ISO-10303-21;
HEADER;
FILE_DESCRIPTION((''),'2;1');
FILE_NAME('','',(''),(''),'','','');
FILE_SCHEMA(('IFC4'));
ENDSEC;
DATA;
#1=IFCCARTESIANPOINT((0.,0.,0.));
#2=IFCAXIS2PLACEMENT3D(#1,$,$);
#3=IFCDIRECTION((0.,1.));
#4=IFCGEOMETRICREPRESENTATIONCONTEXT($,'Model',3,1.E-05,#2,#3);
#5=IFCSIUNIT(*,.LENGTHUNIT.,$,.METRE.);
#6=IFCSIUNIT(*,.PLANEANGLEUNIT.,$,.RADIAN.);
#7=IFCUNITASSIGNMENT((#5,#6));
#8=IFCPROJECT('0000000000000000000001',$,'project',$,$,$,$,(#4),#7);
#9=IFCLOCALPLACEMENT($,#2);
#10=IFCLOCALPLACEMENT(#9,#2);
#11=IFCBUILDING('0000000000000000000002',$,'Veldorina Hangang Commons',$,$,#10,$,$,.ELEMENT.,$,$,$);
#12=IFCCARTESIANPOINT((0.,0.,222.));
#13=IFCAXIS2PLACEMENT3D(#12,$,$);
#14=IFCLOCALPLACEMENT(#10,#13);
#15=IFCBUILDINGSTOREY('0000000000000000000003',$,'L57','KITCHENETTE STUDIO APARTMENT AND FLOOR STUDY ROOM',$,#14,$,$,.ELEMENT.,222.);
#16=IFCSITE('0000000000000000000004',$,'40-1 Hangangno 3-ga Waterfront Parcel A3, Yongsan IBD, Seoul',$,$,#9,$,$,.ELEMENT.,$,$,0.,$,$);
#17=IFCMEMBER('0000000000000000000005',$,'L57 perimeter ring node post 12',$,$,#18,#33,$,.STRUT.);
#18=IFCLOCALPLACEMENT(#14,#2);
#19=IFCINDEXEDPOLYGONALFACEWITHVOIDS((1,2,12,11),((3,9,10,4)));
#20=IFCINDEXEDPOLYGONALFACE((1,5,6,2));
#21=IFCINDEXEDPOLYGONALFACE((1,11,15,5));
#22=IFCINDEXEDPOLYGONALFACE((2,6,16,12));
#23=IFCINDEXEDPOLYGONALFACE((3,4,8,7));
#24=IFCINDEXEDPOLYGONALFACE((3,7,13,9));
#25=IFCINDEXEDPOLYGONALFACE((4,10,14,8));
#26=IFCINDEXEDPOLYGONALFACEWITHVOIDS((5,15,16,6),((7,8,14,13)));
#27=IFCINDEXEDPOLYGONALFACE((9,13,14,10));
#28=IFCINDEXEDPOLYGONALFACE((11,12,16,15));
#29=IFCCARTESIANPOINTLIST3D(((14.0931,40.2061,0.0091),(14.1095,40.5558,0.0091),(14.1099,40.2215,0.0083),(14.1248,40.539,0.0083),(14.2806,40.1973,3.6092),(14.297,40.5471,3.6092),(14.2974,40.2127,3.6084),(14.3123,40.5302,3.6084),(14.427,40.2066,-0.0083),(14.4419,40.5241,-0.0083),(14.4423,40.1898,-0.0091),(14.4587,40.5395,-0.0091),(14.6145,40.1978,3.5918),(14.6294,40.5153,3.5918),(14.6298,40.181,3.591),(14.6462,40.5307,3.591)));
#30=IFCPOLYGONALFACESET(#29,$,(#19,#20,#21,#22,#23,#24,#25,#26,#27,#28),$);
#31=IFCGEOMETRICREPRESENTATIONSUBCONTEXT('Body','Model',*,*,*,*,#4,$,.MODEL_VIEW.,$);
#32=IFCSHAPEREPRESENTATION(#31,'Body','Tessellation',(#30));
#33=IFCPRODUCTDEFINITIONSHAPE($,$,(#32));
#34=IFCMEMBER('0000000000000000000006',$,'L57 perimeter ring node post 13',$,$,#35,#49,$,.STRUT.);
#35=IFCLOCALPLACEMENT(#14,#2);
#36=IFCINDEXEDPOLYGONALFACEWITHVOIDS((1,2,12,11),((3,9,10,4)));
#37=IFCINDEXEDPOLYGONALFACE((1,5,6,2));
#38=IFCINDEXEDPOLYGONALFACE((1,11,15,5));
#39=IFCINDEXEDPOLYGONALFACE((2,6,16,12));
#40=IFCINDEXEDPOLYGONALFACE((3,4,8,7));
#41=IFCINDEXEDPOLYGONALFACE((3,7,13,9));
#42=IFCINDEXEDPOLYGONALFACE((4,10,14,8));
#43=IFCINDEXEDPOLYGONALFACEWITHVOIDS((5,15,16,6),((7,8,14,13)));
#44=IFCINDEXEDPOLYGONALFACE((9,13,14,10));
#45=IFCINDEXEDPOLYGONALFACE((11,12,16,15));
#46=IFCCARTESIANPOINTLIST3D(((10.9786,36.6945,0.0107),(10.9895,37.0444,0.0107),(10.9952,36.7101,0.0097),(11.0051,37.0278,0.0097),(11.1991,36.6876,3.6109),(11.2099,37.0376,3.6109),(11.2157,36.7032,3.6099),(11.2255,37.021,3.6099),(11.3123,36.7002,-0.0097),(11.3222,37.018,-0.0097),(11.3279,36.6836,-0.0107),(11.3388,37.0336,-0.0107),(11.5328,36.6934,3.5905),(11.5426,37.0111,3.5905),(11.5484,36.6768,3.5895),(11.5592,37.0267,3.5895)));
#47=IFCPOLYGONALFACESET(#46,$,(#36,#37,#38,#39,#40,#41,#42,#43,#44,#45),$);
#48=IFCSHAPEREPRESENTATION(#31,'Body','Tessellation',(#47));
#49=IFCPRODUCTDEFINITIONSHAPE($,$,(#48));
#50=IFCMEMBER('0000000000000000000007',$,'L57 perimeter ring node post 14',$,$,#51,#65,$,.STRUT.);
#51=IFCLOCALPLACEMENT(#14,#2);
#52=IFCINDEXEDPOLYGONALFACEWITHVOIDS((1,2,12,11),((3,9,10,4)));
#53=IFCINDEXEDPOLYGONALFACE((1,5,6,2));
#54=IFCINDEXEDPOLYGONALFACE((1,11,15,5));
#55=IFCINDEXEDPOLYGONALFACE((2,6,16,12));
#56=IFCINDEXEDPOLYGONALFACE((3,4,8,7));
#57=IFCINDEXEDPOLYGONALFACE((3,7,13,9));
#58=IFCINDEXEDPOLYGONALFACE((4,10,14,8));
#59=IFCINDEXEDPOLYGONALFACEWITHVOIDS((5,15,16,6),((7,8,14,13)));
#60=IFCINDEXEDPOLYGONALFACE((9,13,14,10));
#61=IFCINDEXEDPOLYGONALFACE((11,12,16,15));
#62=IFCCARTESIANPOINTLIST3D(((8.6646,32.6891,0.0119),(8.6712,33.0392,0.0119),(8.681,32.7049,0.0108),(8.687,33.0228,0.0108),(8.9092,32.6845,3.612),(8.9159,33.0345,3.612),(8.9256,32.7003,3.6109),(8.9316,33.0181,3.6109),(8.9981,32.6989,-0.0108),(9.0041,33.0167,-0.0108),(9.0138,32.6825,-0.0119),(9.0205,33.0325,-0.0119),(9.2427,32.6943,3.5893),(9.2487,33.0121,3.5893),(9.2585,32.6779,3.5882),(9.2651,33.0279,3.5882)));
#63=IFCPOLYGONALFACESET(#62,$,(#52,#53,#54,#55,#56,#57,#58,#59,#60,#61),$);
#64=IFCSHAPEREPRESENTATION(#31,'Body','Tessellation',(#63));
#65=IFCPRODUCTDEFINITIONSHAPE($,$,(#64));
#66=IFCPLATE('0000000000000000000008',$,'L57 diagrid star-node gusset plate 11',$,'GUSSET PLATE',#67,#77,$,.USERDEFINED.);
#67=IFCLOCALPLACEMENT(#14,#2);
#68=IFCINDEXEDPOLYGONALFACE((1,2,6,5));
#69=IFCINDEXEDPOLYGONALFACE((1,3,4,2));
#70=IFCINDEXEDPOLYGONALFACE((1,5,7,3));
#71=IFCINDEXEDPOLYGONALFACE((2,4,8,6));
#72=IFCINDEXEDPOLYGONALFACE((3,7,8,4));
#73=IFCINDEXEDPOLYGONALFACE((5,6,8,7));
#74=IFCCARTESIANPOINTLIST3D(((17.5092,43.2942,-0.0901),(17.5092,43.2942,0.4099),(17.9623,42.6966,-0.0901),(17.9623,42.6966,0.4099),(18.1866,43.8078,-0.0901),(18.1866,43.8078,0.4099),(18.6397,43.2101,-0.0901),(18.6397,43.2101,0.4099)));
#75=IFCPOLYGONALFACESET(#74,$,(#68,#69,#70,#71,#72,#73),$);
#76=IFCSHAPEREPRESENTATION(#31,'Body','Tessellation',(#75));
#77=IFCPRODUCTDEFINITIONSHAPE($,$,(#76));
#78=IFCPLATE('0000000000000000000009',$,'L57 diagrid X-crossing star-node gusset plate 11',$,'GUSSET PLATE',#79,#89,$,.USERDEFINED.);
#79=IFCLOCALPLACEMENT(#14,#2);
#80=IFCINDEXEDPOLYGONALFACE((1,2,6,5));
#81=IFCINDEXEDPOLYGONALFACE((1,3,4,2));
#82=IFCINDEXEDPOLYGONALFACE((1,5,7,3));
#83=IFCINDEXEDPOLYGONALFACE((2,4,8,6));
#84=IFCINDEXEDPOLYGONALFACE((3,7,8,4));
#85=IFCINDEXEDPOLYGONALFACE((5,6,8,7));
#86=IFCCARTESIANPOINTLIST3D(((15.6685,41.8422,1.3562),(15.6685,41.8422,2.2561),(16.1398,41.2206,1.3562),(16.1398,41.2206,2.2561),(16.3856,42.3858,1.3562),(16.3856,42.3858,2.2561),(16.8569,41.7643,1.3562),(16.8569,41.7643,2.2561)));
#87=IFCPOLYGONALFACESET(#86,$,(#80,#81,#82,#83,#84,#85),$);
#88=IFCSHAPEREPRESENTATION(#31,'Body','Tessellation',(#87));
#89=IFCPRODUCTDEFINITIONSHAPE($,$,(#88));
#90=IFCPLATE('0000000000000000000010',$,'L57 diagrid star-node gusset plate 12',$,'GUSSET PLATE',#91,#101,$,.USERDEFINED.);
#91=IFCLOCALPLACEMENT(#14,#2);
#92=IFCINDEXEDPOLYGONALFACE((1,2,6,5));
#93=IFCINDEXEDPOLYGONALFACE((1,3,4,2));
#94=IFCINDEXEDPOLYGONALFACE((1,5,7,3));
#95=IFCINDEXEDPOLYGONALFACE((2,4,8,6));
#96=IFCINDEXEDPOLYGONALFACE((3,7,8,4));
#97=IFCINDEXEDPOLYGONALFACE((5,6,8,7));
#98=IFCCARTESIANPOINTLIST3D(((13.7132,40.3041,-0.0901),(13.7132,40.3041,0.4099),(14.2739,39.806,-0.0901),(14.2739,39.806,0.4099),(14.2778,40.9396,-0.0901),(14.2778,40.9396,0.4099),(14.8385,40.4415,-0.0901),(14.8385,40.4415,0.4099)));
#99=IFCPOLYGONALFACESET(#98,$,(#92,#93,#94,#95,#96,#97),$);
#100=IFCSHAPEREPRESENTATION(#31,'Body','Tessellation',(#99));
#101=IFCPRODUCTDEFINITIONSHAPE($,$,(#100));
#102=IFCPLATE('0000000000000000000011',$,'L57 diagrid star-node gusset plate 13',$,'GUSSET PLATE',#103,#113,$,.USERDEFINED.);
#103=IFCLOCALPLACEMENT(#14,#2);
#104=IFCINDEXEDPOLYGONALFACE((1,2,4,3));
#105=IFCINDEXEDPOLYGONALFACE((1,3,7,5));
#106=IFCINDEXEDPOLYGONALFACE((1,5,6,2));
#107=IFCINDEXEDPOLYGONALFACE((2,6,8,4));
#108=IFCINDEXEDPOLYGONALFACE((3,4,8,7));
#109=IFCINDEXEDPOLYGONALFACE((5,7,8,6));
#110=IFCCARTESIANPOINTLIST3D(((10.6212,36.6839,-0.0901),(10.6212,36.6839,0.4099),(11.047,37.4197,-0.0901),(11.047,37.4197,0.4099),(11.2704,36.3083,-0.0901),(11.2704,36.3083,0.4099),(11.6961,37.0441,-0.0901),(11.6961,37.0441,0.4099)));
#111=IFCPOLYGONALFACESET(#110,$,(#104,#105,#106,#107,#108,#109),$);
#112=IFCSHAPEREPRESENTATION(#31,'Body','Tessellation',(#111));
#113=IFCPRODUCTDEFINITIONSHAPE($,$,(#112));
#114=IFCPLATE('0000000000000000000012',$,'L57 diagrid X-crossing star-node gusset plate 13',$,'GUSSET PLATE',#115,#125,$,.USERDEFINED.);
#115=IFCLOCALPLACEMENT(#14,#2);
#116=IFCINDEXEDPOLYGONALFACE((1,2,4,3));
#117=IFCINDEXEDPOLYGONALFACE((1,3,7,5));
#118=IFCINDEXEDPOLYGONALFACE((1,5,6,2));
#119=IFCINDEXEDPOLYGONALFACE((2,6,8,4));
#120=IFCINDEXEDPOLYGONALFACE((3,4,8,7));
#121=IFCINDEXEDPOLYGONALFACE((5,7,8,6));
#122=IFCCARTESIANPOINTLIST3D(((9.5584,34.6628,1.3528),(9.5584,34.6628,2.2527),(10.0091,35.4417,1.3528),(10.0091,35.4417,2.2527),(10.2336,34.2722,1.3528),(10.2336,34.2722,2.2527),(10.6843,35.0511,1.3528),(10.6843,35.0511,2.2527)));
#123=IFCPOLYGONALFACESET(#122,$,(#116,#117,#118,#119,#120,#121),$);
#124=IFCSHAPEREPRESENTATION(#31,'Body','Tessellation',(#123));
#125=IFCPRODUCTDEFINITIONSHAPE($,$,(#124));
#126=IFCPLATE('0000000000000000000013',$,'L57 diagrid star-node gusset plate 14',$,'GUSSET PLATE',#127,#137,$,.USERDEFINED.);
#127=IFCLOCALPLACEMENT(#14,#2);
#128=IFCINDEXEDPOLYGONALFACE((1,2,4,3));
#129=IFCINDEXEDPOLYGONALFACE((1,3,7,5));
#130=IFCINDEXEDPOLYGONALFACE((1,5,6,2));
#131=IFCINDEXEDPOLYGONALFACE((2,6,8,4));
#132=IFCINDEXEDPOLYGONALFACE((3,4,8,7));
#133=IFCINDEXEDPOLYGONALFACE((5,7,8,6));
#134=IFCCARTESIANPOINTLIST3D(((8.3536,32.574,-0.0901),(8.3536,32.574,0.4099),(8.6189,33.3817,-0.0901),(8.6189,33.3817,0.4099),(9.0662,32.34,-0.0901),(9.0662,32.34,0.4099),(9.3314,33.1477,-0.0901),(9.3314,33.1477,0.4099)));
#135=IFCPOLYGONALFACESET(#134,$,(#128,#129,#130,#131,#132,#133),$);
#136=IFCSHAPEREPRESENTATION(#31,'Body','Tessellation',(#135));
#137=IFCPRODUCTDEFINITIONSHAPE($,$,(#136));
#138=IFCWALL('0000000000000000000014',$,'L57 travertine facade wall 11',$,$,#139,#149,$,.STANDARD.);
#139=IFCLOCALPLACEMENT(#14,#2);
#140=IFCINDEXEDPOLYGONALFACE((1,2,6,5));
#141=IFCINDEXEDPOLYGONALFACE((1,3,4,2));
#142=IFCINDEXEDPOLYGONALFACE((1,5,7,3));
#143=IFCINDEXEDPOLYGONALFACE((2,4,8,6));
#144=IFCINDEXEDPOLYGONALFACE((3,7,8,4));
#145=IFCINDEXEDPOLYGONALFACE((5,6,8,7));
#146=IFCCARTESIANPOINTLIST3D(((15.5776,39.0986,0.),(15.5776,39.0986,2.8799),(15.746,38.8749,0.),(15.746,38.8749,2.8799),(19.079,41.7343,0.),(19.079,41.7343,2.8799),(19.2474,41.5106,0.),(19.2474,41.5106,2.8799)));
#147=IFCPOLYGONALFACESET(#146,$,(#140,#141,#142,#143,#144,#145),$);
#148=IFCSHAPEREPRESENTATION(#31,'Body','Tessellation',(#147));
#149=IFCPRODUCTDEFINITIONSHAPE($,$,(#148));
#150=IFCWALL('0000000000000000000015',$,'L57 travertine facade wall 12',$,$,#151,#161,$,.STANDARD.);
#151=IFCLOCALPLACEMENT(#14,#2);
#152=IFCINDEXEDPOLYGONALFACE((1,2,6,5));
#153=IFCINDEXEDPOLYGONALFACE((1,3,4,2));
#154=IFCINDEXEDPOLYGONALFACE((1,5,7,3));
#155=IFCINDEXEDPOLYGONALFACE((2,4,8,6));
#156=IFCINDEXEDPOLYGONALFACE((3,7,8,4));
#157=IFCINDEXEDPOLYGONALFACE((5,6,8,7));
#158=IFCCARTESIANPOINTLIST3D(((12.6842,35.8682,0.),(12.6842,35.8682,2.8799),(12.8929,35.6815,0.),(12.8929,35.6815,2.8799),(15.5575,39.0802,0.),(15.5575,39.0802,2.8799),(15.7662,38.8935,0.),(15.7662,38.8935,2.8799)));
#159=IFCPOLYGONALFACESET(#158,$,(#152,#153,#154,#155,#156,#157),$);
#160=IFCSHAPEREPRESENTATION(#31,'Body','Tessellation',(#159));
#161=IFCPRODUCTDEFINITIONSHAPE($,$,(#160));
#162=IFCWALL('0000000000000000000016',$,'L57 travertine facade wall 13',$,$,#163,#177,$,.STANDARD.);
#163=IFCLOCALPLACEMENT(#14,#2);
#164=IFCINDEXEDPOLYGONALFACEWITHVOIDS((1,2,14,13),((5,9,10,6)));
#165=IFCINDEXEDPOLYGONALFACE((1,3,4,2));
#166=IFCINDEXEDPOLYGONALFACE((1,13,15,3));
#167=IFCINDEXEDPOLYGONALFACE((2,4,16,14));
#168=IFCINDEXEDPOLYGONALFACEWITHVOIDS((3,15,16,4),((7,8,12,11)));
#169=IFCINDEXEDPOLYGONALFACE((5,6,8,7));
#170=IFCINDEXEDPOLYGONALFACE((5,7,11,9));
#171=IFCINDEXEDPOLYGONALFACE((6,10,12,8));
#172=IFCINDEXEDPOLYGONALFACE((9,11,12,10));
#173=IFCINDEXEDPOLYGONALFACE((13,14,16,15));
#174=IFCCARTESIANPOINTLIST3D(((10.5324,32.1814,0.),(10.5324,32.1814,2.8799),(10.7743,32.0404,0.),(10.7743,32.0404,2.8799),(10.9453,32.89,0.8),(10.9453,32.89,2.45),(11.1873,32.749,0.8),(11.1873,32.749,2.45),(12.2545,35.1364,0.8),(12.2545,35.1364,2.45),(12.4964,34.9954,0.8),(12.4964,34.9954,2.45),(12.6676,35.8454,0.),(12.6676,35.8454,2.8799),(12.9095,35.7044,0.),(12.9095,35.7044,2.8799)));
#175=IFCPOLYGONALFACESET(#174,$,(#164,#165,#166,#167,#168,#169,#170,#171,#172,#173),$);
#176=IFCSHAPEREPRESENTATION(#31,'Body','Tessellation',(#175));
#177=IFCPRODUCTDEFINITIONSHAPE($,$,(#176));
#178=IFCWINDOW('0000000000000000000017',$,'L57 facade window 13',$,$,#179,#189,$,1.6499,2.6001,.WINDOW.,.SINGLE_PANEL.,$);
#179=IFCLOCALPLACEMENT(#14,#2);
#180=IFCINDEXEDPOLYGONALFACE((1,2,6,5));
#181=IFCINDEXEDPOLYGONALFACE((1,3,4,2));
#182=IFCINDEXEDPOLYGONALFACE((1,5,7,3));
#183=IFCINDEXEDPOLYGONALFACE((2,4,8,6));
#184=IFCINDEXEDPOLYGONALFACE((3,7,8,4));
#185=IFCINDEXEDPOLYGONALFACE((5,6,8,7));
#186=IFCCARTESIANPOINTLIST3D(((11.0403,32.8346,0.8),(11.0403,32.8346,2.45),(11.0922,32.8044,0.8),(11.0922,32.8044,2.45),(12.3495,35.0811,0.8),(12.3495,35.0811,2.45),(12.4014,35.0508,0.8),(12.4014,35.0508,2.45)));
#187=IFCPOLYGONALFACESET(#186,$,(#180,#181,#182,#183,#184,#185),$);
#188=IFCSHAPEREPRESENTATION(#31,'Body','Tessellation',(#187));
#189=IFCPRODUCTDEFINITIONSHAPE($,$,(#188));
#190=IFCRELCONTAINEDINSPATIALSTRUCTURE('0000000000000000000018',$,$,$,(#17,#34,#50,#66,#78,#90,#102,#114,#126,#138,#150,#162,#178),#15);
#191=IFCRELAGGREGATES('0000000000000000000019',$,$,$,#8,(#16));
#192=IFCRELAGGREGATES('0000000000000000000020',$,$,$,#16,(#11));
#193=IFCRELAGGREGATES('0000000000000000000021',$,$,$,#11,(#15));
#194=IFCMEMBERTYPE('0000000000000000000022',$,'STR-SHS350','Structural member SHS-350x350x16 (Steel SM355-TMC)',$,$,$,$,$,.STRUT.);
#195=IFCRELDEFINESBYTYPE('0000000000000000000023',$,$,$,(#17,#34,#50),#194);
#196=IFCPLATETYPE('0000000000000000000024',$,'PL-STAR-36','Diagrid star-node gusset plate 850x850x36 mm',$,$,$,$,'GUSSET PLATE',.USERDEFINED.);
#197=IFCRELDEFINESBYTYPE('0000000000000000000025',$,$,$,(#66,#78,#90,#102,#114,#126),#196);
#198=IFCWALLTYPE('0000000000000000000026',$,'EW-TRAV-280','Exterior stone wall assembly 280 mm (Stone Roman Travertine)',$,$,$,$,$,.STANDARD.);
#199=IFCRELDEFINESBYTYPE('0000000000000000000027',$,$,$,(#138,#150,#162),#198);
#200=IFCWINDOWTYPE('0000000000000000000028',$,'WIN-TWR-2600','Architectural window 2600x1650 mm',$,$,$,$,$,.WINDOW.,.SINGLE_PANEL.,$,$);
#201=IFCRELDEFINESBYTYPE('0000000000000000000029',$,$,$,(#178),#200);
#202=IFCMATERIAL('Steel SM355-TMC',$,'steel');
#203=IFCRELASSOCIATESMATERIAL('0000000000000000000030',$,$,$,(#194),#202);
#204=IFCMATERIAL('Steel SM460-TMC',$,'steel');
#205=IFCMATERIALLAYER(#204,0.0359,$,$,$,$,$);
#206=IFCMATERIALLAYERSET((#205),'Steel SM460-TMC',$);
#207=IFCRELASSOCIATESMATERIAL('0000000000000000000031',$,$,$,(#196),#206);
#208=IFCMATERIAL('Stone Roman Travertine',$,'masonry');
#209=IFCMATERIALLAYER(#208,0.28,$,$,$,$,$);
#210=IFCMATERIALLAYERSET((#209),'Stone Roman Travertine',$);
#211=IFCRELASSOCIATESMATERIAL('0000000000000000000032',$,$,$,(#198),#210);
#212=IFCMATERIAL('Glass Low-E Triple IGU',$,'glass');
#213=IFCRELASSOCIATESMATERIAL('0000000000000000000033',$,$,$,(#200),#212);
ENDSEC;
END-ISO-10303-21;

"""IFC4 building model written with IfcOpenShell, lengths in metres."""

from ifc_helpers import new_model, si_unit, direction, frame, frame_2d, origin, origin_2d, place, context, subcontext, project, spatial, rectangle, hollow_rectangle, extrude, material, layer, layer_set, material_profile, profile_set, type_object, element, fill, save


model = new_model("IFC4")

# Units and contexts
model_context = context("Model", 3, precision=1e-05, world=origin(), true_north=direction((0.0, 1.0)))
body_context = subcontext(model_context, "Body", "Model", "MODEL_VIEW")
ifc_project = project(units=[si_unit("LENGTHUNIT", "METRE"), si_unit("PLANEANGLEUNIT", "RADIAN")], contexts=[model_context])

# Site, building, storey
site_placement = place(None, origin())
site = spatial("IfcSite", under=ifc_project, at=site_placement, Name="40-1 Hangangno 3-ga Waterfront Parcel A3, Yongsan IBD, Seoul", CompositionType="ELEMENT", RefElevation=0.0)
building_placement = place(site_placement, origin())
building = spatial("IfcBuilding", under=site, at=building_placement, Name="Veldorina Hangang Commons", CompositionType="ELEMENT")
storey_placement = place(building_placement, frame((0.0, 0.0, 222.0)))
storey = spatial("IfcBuildingStorey", under=building, at=storey_placement, Name="L57", Description="KITCHENETTE STUDIO APARTMENT AND FLOOR STUDY ROOM", CompositionType="ELEMENT", Elevation=222.0)

# Shared definitions
ifc_material_1 = material(Name="Steel SM355-TMC", Category="steel")

# Members
ifc_material_profile_1 = material_profile(ifc_material_1, hollow_rectangle(XDim=0.3501, YDim=0.3501, WallThickness=0.0161, at=origin_2d()), Name="SHS-350x350x16")
ifc_profile_set_1 = profile_set([ifc_material_profile_1], Name="Steel SM355-TMC")
member_type_1 = type_object("IfcMemberType", Name="STR-SHS350", Description="Structural member SHS-350x350x16 (Steel SM355-TMC)", PredefinedType="STRUT", material=ifc_profile_set_1)
member_1_placement = place(storey_placement, frame((14.2759, 40.3728, 0.0), z_axis=(0.052011, -0.002438, 0.998644), x_axis=(0.046824, 0.998903, 0.0)))
element("IfcMember", 1, at=member_1_placement, inside=storey, type_object=member_type_1, Name="L57 perimeter ring node post 12", PredefinedType="STRUT", context=body_context, shape_type="SweptSolid", body=[
    extrude(hollow_rectangle(XDim=0.3501, YDim=0.3501, WallThickness=0.0161, at=origin_2d()), origin(), (0.0, 0.0, 1.0), 3.605),
])
member_2_placement = place(storey_placement, frame((11.1587, 36.864, 0.0), z_axis=(0.061122, -0.001895, 0.998128), x_axis=(0.030993, 0.99952, 0.0)))
element("IfcMember", 2, at=member_2_placement, inside=storey, type_object=member_type_1, Name="L57 perimeter ring node post 13", PredefinedType="STRUT", context=body_context, shape_type="SweptSolid", body=[
    extrude(hollow_rectangle(XDim=0.3501, YDim=0.3501, WallThickness=0.0161, at=origin_2d()), origin(), (0.0, 0.0, 1.0), 3.6069),
])
member_3_placement = place(storey_placement, frame((8.8425, 32.8608, 0.0), z_axis=(0.067794, -0.001286, 0.997698), x_axis=(0.018959, 0.99982, 0.0)))
element("IfcMember", 3, at=member_3_placement, inside=storey, type_object=member_type_1, Name="L57 perimeter ring node post 14", PredefinedType="STRUT", context=body_context, shape_type="SweptSolid", body=[
    extrude(hollow_rectangle(XDim=0.3501, YDim=0.3501, WallThickness=0.0161, at=origin_2d()), origin(), (0.0, 0.0, 1.0), 3.6084),
])

# Plates
ifc_material_2 = material(Name="Steel SM460-TMC", Category="steel")
ifc_layer_1 = layer(ifc_material_2, 0.0359)
ifc_layer_set_1 = layer_set([ifc_layer_1], Name="Steel SM460-TMC")
plate_type = type_object("IfcPlateType", Name="PL-STAR-36", Description="Diagrid star-node gusset plate 850x850x36 mm", ElementType="GUSSET PLATE", PredefinedType="USERDEFINED", material=ifc_layer_set_1)
plate_1_placement = place(storey_placement, frame((18.0745, 43.2522, -0.0901), z_axis=(0.0, 0.0, 1.0), x_axis=(-0.796889, -0.604126, 0.0)))
element("IfcPlate", 4, at=plate_1_placement, inside=storey, type_object=plate_type, Name="L57 diagrid star-node gusset plate 11", ObjectType="GUSSET PLATE", PredefinedType="USERDEFINED", context=body_context, shape_type="SweptSolid", body=[
    extrude(rectangle(XDim=0.8501, YDim=0.75, at=origin_2d()), origin(), (0.0, 0.0, 1.0), 0.5),
])
plate_2_placement = place(storey_placement, frame((16.2627, 41.8032, 1.3562), z_axis=(0.0, 0.0, 1.0), x_axis=(-0.796889, -0.604126, 0.0)))
element("IfcPlate", 5, at=plate_2_placement, inside=storey, type_object=plate_type, Name="L57 diagrid X-crossing star-node gusset plate 11", ObjectType="GUSSET PLATE", PredefinedType="USERDEFINED", context=body_context, shape_type="SweptSolid", body=[
    extrude(rectangle(XDim=0.8999, YDim=0.78, at=origin_2d()), origin(), (0.0, 0.0, 1.0), 0.8999),
])
for number, where, z_axis, x_axis, name in (
    (6, (14.2759, 40.3728, -0.0901), (0.0, 0.0, 1.0), (-0.664174, -0.747578, 0.0), "L57 diagrid star-node gusset plate 12"),
    (7, (11.1587, 36.864, -0.0901), (0.0, 0.0, 1.0), (-0.500816, -0.865554, 0.0), "L57 diagrid star-node gusset plate 13"),
):
    element("IfcPlate", number, at=place(storey_placement, frame(where, z_axis=z_axis, x_axis=x_axis)), inside=storey, type_object=plate_type, Name=name, ObjectType="GUSSET PLATE", PredefinedType="USERDEFINED", context=body_context, shape_type="SweptSolid", body=[
        extrude(rectangle(XDim=0.8501, YDim=0.75, at=origin_2d()), origin(), (0.0, 0.0, 1.0), 0.5),
    ])
plate_3_placement = place(storey_placement, frame((10.1213, 34.8569, 1.3528), z_axis=(0.0, 0.0, 1.0), x_axis=(-0.500816, -0.865554, 0.0)))
element("IfcPlate", 8, at=plate_3_placement, inside=storey, type_object=plate_type, Name="L57 diagrid X-crossing star-node gusset plate 13", ObjectType="GUSSET PLATE", PredefinedType="USERDEFINED", context=body_context, shape_type="SweptSolid", body=[
    extrude(rectangle(XDim=0.8999, YDim=0.78, at=origin_2d()), origin(), (0.0, 0.0, 1.0), 0.8999),
])
plate_4_placement = place(storey_placement, frame((8.8425, 32.8608, -0.0901), z_axis=(0.0, 0.0, 1.0), x_axis=(-0.312003, -0.950081, 0.0)))
element("IfcPlate", 9, at=plate_4_placement, inside=storey, type_object=plate_type, Name="L57 diagrid star-node gusset plate 14", ObjectType="GUSSET PLATE", PredefinedType="USERDEFINED", context=body_context, shape_type="SweptSolid", body=[
    extrude(rectangle(XDim=0.8501, YDim=0.75, at=origin_2d()), origin(), (0.0, 0.0, 1.0), 0.5),
])

# Walls
ifc_material_3 = material(Name="Stone Roman Travertine", Category="masonry")
ifc_layer_2 = layer(ifc_material_3, 0.28)
ifc_layer_set_2 = layer_set([ifc_layer_2], Name="Stone Roman Travertine")
wall_type_1 = type_object("IfcWallType", Name="EW-TRAV-280", Description="Exterior stone wall assembly 280 mm (Stone Roman Travertine)", PredefinedType="STANDARD", material=ifc_layer_set_2)
wall_1_placement = place(storey_placement, frame((19.1633, 41.6226, 0.0), z_axis=(0.0, 0.0, 1.0), x_axis=(-0.798943, -0.601407, 0.0)))
element("IfcWall", 10, at=wall_1_placement, inside=storey, type_object=wall_type_1, Name="L57 travertine facade wall 11", PredefinedType="STANDARD", context=body_context, shape_type="SweptSolid", body=[
    extrude(rectangle(XDim=4.3826, YDim=0.28, at=frame_2d((2.1914, 0.0))), origin(), (0.0, 0.0, 1.0), 2.8799),
])
wall_2_placement = place(storey_placement, frame((15.6619, 38.9868, 0.0), z_axis=(0.0, 0.0, 1.0), x_axis=(-0.666727, -0.745302, 0.0)))
element("IfcWall", 11, at=wall_2_placement, inside=storey, type_object=wall_type_1, Name="L57 travertine facade wall 12", PredefinedType="STANDARD", context=body_context, shape_type="SweptSolid", body=[
    extrude(rectangle(XDim=4.3096, YDim=0.28, at=frame_2d((2.1548, 0.0))), origin(), (0.0, 0.0, 1.0), 2.8799),
])

# Wall, opening, window
wall_3_placement = place(storey_placement, frame((12.7886, 35.7749, 0.0), z_axis=(0.0, 0.0, 1.0), x_axis=(-0.503499, -0.863996, 0.0)))
wall_3 = element("IfcWall", 12, at=wall_3_placement, inside=storey, type_object=wall_type_1, Name="L57 travertine facade wall 13", PredefinedType="STANDARD", context=body_context, shape_type="SweptSolid", body=[
    extrude(rectangle(XDim=4.2407, YDim=0.28, at=frame_2d((2.1204, 0.0))), origin(), (0.0, 0.0, 1.0), 2.8799),
])
opening_placement = place(wall_3_placement, frame((0.8206, 0.0, 0.8)))
opening = element("IfcOpeningElement", 13, at=opening_placement, cuts=wall_3, PredefinedType="OPENING", context=body_context, shape_type="SweptSolid", body=[
    extrude(rectangle(XDim=2.6001, YDim=1.6499, at=frame_2d((1.3, 0.825))), frame((0.0, 0.1499, 0.0), z_axis=(0.0, -1.0, 0.0), x_axis=(1.0, 0.0, 0.0)), (0.0, 0.0, 1.0), 0.3),
])
ifc_material_4 = material(Name="Glass Low-E Triple IGU", Category="glass")
window_type = type_object("IfcWindowType", Name="WIN-TWR-2600", Description="Architectural window 2600x1650 mm", PartitioningType="SINGLE_PANEL", PredefinedType="WINDOW", material=ifc_material_4)
window_placement = place(opening_placement, origin())
window = element("IfcWindow", 14, at=window_placement, inside=storey, type_object=window_type, Name="L57 facade window 13", OverallHeight=1.6499, OverallWidth=2.6001, PartitioningType="SINGLE_PANEL", PredefinedType="WINDOW", context=body_context, shape_type="SweptSolid", body=[
    extrude(rectangle(XDim=2.6001, YDim=1.6499, at=frame_2d((1.3, 0.825))), frame((0.0, 0.03, 0.0), z_axis=(0.0, -1.0, 0.0), x_axis=(1.0, 0.0, 0.0)), (0.0, 0.0, 1.0), 0.0601),
])
fill(opening, window)

save(model, "model.ifc")
